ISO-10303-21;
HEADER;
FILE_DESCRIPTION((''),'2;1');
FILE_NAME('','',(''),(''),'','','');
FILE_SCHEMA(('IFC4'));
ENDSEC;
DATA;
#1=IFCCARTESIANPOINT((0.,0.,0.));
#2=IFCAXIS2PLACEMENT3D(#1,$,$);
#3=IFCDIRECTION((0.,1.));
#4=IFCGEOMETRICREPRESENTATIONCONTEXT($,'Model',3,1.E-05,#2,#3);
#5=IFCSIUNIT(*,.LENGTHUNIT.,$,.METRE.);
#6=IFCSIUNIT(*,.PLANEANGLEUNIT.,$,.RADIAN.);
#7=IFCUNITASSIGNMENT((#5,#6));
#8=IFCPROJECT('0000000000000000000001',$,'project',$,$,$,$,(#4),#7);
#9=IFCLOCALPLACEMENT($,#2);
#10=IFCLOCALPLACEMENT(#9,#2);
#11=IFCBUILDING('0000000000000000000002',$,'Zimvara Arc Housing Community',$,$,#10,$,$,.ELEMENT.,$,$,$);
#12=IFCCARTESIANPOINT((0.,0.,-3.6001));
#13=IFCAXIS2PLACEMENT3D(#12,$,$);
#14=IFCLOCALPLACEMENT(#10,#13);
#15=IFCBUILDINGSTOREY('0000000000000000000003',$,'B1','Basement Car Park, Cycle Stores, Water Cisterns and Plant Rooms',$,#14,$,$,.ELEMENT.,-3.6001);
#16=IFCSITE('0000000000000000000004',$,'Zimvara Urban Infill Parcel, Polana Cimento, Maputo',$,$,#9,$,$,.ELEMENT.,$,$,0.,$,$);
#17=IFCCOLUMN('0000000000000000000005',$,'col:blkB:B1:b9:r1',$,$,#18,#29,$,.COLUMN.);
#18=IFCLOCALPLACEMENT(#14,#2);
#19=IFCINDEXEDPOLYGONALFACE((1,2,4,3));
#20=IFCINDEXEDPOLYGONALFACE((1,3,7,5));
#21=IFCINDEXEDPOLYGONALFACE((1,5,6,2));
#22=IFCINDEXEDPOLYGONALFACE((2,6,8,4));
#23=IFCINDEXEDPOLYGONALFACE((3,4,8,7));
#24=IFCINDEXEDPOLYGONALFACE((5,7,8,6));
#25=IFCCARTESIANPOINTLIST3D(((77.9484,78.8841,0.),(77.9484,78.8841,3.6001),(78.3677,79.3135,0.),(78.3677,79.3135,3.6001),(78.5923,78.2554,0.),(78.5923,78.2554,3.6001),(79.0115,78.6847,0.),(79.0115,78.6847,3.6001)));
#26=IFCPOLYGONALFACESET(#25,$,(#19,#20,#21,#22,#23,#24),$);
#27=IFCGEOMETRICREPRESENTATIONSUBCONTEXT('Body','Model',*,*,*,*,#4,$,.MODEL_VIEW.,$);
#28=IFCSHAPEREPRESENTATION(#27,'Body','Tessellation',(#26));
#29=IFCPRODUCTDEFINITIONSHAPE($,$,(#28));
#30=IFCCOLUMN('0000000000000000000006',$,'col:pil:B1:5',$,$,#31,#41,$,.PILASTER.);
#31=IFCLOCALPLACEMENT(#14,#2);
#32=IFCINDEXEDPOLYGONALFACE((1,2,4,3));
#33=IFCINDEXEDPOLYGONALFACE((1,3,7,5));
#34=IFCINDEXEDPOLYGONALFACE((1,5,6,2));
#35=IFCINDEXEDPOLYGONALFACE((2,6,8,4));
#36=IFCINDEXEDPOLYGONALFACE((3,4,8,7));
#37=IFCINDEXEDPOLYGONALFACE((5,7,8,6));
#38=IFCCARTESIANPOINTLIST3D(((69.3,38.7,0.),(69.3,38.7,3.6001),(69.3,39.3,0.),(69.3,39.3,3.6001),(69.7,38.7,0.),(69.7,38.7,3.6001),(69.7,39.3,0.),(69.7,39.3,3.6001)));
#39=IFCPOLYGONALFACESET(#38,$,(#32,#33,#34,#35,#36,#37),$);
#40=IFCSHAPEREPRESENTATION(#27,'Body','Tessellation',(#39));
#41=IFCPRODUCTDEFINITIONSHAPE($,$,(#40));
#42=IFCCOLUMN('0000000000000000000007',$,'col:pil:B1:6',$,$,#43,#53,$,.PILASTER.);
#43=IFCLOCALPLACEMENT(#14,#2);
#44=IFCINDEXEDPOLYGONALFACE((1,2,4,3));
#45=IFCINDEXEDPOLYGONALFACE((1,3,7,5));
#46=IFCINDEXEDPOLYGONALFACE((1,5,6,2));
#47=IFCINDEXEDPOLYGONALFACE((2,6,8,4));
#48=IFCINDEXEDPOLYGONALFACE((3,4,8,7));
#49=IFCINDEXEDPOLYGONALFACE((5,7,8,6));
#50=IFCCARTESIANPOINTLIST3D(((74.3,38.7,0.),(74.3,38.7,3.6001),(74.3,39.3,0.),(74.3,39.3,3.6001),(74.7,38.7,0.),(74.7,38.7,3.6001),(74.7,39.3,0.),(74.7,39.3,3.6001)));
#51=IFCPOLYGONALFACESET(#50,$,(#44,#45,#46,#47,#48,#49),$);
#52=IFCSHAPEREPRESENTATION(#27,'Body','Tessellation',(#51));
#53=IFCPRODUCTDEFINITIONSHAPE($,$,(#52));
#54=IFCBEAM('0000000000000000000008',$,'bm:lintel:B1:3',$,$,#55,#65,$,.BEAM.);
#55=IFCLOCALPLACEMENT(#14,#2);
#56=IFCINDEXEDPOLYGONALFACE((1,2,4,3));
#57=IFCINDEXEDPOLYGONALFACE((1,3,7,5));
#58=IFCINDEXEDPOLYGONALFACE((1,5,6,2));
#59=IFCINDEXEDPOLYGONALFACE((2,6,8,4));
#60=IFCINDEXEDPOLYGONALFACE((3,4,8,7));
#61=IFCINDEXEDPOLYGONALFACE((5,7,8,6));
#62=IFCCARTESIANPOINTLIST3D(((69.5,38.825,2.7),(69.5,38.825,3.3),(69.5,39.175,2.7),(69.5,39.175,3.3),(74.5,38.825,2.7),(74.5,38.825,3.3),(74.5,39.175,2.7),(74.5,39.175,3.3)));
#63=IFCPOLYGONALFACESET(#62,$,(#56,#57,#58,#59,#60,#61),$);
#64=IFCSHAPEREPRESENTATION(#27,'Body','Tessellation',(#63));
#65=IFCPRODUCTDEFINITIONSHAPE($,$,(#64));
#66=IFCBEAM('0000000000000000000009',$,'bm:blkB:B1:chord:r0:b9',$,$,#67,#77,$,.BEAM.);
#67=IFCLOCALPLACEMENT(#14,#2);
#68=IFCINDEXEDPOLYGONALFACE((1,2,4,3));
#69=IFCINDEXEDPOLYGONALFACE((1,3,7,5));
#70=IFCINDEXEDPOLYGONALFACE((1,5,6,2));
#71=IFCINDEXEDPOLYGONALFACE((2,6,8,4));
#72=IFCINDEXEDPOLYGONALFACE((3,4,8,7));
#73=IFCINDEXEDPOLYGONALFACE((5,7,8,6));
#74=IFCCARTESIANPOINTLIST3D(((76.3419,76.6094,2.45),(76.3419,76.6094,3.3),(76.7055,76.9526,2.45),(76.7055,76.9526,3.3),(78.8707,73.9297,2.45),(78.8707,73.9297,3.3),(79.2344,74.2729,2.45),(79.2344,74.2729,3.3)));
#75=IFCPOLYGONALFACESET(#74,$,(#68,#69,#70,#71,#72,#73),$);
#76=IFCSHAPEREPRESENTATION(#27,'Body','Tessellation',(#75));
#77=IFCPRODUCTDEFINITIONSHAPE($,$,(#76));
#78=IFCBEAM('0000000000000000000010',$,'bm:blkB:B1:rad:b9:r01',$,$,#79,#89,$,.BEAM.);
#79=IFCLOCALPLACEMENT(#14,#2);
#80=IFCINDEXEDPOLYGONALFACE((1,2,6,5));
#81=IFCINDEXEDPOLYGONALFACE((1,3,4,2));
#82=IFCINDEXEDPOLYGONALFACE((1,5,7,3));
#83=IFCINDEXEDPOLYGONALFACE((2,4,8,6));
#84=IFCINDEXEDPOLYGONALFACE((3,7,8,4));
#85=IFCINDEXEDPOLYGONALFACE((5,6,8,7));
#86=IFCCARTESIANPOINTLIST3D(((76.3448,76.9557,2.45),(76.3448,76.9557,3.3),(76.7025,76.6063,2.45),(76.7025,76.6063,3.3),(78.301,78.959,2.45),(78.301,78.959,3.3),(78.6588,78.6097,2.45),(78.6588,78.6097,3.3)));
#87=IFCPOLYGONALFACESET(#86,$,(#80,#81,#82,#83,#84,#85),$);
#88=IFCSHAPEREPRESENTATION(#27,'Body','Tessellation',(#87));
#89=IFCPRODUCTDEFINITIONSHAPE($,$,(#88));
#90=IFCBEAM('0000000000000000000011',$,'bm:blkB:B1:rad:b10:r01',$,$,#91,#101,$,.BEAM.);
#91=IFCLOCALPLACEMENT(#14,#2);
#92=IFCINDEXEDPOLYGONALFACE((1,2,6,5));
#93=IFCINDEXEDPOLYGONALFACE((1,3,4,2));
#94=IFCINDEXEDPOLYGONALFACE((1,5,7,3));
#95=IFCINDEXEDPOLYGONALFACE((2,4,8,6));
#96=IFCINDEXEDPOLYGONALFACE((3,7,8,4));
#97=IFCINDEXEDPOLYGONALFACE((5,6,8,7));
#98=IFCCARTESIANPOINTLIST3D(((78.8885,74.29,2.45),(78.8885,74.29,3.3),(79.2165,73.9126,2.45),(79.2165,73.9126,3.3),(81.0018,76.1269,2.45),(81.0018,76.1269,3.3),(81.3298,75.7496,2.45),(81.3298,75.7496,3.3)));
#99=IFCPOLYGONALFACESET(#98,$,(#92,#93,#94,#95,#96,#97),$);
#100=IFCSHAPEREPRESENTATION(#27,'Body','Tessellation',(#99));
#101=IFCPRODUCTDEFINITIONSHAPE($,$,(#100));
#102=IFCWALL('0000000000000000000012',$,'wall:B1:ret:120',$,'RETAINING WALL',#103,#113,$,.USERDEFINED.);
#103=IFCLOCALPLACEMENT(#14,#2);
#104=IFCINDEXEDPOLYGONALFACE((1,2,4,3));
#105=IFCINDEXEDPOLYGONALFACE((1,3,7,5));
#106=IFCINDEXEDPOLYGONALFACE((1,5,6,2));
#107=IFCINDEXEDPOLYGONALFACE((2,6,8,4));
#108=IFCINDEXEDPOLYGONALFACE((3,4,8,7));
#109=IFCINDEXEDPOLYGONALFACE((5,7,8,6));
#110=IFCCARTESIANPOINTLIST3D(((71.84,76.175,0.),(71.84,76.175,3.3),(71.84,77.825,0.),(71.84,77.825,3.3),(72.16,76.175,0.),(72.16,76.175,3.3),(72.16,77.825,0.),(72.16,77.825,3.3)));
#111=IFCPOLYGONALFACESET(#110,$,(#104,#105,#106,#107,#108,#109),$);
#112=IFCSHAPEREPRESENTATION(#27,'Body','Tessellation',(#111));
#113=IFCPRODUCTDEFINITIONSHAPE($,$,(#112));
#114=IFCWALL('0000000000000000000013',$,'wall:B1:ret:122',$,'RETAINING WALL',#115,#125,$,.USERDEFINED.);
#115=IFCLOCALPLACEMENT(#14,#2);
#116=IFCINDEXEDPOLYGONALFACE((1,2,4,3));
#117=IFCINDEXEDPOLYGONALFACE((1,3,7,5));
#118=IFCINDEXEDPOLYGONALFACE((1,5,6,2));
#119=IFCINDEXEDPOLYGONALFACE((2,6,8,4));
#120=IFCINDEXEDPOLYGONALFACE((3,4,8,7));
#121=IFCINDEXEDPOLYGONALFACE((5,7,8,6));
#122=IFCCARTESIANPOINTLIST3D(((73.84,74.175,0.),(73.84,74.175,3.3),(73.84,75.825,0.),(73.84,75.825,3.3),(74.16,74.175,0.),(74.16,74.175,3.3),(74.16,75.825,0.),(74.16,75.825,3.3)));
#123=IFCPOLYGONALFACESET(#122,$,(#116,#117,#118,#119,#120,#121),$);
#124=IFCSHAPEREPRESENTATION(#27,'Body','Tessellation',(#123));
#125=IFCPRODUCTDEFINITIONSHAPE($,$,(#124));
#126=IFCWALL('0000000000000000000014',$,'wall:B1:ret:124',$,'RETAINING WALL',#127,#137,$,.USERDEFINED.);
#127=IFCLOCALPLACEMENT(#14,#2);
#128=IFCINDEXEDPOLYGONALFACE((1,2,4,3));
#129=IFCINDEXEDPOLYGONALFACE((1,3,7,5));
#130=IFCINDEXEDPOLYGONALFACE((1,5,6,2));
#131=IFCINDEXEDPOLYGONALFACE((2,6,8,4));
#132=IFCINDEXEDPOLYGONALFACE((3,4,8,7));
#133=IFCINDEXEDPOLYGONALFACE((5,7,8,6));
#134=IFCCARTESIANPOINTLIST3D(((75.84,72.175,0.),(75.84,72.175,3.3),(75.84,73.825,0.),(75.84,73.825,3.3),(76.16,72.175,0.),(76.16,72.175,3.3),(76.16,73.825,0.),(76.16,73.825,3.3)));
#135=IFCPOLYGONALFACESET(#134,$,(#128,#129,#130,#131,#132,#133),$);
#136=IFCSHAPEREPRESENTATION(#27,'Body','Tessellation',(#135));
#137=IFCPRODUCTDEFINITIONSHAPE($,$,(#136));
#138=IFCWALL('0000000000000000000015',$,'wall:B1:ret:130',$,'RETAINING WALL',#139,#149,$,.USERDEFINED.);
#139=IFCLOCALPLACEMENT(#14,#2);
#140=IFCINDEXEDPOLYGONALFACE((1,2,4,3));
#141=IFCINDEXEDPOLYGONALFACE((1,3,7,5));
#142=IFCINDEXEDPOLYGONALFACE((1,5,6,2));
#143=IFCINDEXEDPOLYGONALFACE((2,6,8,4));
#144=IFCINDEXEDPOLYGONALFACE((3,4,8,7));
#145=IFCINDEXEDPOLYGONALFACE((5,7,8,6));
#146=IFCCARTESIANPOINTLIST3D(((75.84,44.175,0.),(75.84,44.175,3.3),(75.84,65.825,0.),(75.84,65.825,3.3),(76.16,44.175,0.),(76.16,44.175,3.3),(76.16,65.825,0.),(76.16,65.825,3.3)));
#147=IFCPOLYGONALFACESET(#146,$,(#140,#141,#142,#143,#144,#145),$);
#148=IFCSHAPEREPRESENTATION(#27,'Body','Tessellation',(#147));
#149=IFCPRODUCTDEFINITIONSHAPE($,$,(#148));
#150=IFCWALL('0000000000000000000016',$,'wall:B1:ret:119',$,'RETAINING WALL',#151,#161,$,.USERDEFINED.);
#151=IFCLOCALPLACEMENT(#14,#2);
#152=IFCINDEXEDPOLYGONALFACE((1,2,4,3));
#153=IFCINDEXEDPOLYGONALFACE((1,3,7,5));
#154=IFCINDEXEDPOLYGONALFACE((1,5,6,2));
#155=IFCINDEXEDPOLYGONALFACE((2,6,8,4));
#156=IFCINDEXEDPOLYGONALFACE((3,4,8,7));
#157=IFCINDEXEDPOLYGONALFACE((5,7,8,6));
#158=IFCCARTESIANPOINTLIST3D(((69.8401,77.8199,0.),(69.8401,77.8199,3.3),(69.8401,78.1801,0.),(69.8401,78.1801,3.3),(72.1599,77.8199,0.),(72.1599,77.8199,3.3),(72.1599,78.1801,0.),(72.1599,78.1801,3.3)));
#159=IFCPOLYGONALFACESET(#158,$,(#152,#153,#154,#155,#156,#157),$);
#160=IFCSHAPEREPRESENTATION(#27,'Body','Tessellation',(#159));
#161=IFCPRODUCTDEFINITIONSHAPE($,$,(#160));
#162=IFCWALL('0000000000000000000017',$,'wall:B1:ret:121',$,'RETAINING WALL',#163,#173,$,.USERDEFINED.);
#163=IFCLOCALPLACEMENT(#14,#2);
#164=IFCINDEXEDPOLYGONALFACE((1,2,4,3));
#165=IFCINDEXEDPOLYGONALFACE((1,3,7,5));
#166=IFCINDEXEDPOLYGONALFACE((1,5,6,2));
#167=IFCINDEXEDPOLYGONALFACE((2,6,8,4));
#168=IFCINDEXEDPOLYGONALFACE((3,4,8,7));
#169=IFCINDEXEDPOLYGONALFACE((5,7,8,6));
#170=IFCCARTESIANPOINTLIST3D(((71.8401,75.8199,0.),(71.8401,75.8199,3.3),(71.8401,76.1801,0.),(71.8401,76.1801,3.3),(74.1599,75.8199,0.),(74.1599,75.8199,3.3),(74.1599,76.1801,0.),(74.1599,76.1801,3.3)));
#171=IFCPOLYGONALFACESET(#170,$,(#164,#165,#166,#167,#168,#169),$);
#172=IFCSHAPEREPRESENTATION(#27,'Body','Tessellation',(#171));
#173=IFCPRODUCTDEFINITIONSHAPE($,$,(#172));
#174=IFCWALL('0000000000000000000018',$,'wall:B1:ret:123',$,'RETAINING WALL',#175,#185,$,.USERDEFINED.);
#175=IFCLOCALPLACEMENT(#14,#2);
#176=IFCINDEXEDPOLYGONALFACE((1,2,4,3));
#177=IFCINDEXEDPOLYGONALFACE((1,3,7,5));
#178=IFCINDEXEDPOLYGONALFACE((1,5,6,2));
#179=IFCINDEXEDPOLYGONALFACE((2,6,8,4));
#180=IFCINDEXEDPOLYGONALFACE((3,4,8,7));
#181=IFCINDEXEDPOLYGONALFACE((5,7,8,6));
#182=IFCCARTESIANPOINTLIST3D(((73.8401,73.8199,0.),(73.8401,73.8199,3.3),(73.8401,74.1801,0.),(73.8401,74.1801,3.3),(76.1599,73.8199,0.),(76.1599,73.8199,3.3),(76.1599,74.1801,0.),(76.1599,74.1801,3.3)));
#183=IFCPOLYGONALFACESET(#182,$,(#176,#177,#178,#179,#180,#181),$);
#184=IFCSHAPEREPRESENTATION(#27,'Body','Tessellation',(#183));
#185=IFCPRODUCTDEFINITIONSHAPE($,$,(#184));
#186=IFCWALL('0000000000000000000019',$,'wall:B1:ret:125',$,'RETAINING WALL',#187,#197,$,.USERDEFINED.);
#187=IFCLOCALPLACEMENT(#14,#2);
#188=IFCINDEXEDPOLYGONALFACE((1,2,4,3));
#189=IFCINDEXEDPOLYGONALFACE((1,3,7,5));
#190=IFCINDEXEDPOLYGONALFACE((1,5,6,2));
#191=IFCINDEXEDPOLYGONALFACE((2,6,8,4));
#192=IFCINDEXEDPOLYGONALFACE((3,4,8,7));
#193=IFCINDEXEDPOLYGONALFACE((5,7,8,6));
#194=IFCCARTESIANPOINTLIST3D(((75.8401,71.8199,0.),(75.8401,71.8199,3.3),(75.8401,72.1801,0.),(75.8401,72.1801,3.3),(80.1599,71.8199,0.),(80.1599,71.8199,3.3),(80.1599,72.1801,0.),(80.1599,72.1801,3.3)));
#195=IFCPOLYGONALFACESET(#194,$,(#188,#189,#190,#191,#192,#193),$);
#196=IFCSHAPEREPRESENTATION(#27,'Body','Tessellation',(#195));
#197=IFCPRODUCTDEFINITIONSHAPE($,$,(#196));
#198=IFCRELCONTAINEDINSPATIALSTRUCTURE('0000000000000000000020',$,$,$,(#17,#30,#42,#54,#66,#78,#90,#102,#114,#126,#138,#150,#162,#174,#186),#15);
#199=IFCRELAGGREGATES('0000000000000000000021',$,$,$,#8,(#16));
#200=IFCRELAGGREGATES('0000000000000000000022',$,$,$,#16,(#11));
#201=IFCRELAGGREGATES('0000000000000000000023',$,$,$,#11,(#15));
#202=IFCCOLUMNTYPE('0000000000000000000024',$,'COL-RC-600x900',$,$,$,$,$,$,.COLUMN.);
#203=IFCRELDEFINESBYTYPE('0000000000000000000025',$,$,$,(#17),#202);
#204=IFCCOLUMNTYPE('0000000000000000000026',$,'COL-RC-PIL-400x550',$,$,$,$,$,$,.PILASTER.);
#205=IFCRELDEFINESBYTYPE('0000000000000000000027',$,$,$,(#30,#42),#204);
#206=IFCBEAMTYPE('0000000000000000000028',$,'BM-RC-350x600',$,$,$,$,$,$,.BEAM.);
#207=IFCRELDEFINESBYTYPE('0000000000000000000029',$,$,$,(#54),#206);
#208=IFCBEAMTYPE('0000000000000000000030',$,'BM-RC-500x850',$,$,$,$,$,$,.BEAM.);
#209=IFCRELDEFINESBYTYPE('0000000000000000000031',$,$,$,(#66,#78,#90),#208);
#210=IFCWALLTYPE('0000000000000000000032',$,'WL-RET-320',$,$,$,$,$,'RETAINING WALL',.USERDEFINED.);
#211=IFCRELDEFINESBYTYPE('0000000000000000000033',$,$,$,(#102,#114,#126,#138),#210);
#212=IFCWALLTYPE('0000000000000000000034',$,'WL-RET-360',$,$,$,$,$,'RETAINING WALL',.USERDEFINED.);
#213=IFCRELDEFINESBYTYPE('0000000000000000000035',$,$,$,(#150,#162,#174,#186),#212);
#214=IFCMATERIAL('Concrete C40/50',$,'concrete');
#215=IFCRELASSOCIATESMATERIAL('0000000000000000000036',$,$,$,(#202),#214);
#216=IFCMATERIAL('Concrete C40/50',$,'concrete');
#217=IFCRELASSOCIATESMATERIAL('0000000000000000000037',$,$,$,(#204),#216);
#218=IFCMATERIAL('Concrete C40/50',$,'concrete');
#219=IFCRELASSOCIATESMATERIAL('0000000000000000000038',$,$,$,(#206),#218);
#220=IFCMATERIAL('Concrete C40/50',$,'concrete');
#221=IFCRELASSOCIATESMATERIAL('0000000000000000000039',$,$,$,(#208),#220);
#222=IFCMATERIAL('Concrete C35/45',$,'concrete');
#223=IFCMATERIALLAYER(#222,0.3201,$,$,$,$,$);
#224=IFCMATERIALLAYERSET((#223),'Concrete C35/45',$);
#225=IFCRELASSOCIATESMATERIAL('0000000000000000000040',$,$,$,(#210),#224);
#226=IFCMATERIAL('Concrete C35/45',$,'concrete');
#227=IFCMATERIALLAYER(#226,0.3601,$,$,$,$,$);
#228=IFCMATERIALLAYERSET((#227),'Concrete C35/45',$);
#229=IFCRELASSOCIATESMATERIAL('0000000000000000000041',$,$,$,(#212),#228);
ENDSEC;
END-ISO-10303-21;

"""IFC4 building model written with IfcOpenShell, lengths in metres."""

from ifc_helpers import new_model, si_unit, direction, frame, frame_2d, origin, origin_2d, place, context, subcontext, project, spatial, rectangle, extrude, material, layer, layer_set, material_profile, profile_set, type_object, element, save


model = new_model("IFC4")

# Units and contexts
model_context = context("Model", 3, precision=1e-05, world=origin(), true_north=direction((0.0, 1.0)))
body_context = subcontext(model_context, "Body", "Model", "MODEL_VIEW")
ifc_project = project(units=[si_unit("LENGTHUNIT", "METRE"), si_unit("PLANEANGLEUNIT", "RADIAN")], contexts=[model_context])

# Site, building, storey
site_placement = place(None, origin())
site = spatial("IfcSite", under=ifc_project, at=site_placement, Name="Zimvara Urban Infill Parcel, Polana Cimento, Maputo", CompositionType="ELEMENT", RefElevation=0.0)
building_placement = place(site_placement, origin())
building = spatial("IfcBuilding", under=site, at=building_placement, Name="Zimvara Arc Housing Community", CompositionType="ELEMENT")
storey_placement = place(building_placement, frame((0.0, 0.0, -3.6001)))
storey = spatial("IfcBuildingStorey", under=building, at=storey_placement, Name="B1", Description="Basement Car Park, Cycle Stores, Water Cisterns and Plant Rooms", CompositionType="ELEMENT", Elevation=-3.6001)

# Columns
ifc_material_1 = material(Name="Concrete C40/50", Category="concrete")
ifc_material_profile_1 = material_profile(ifc_material_1, rectangle(XDim=0.6001, YDim=0.8999, at=origin_2d()), Name="RC 600x900")
ifc_profile_set_1 = profile_set([ifc_material_profile_1], Name="Concrete C40/50")
column_type_1 = type_object("IfcColumnType", Name="COL-RC-600x900", PredefinedType="COLUMN", material=ifc_profile_set_1)
column_1_placement = place(storey_placement, frame((78.48, 78.7844, 0.0), z_axis=(0.0, 0.0, 1.0), x_axis=(0.698665, 0.715449, 0.0)))
element("IfcColumn", 1, at=column_1_placement, inside=storey, type_object=column_type_1, Name="col:blkB:B1:b9:r1", PredefinedType="COLUMN", context=body_context, shape_type="SweptSolid", body=[
    extrude(rectangle(XDim=0.6001, YDim=0.8999, at=origin_2d()), origin(), (0.0, 0.0, 1.0), 3.6001),
])
ifc_material_2 = material(Name="Concrete C40/50", Category="concrete")
ifc_material_profile_2 = material_profile(ifc_material_2, rectangle(XDim=0.3999, YDim=0.6001, at=origin_2d()), Name="RC 400x600")
ifc_profile_set_2 = profile_set([ifc_material_profile_2], Name="Concrete C40/50")
column_type_2 = type_object("IfcColumnType", Name="COL-RC-PIL-400x550", PredefinedType="PILASTER", material=ifc_profile_set_2)
for number, where, z_axis, x_axis, name in (
    (2, (69.5, 39.0, 0.0), (0.0, 0.0, 1.0), (1.0, 0.0, 0.0), "col:pil:B1:5"),
    (3, (74.5, 39.0, 0.0), (0.0, 0.0, 1.0), (1.0, 0.0, 0.0), "col:pil:B1:6"),
):
    element("IfcColumn", number, at=place(storey_placement, frame(where, z_axis=z_axis, x_axis=x_axis)), inside=storey, type_object=column_type_2, Name=name, PredefinedType="PILASTER", context=body_context, shape_type="SweptSolid", body=[
        extrude(rectangle(XDim=0.3999, YDim=0.6001, at=origin_2d()), origin(), (0.0, 0.0, 1.0), 3.6001),
    ])

# Beams
ifc_material_3 = material(Name="Concrete C40/50", Category="concrete")
ifc_material_profile_3 = material_profile(ifc_material_3, rectangle(XDim=0.3501, YDim=0.6001, at=origin_2d()), Name="RC 350x600")
ifc_profile_set_3 = profile_set([ifc_material_profile_3], Name="Concrete C40/50")
beam_type_1 = type_object("IfcBeamType", Name="BM-RC-350x600", PredefinedType="BEAM", material=ifc_profile_set_3)
beam_1_placement = place(storey_placement, frame((69.5, 39.0, 3.0), z_axis=(1.0, 0.0, 0.0), x_axis=(0.0, 1.0, 0.0)))
element("IfcBeam", 4, at=beam_1_placement, inside=storey, type_object=beam_type_1, Name="bm:lintel:B1:3", PredefinedType="BEAM", context=body_context, shape_type="SweptSolid", body=[
    extrude(rectangle(XDim=0.3501, YDim=0.6001, at=origin_2d()), origin(), (0.0, 0.0, 1.0), 5.0),
])
ifc_material_4 = material(Name="Concrete C40/50", Category="concrete")
ifc_material_profile_4 = material_profile(ifc_material_4, rectangle(XDim=0.5, YDim=0.8501, at=origin_2d()), Name="RC 500x850")
ifc_profile_set_4 = profile_set([ifc_material_profile_4], Name="Concrete C40/50")
beam_type_2 = type_object("IfcBeamType", Name="BM-RC-500x850", PredefinedType="BEAM", material=ifc_profile_set_4)
beam_2_placement = place(storey_placement, frame((76.5237, 76.781, 2.875), z_axis=(0.686336, -0.727285, 0.0), x_axis=(0.727285, 0.686336, 0.0)))
element("IfcBeam", 5, at=beam_2_placement, inside=storey, type_object=beam_type_2, Name="bm:blkB:B1:chord:r0:b9", PredefinedType="BEAM", context=body_context, shape_type="SweptSolid", body=[
    extrude(rectangle(XDim=0.5, YDim=0.8501, at=origin_2d()), origin(), (0.0, 0.0, 1.0), 3.6846),
])
for number, where, z_axis, x_axis, name in (
    (6, (76.5237, 76.781, 2.875), (0.698643, 0.71547, 0.0), (-0.71547, 0.698643, 0.0), "bm:blkB:B1:rad:b9:r01"),
    (7, (79.0525, 74.1013, 2.875), (0.754733, 0.656032, 0.0), (-0.656032, 0.754733, 0.0), "bm:blkB:B1:rad:b10:r01"),
):
    element("IfcBeam", number, at=place(storey_placement, frame(where, z_axis=z_axis, x_axis=x_axis)), inside=storey, type_object=beam_type_2, Name=name, PredefinedType="BEAM", context=body_context, shape_type="SweptSolid", body=[
        extrude(rectangle(XDim=0.5, YDim=0.8501, at=origin_2d()), origin(), (0.0, 0.0, 1.0), 2.8),
    ])

# Walls
ifc_material_5 = material(Name="Concrete C35/45", Category="concrete")
ifc_layer_1 = layer(ifc_material_5, 0.3201)
ifc_layer_set_1 = layer_set([ifc_layer_1], Name="Concrete C35/45")
wall_type_1 = type_object("IfcWallType", Name="WL-RET-320", ElementType="RETAINING WALL", PredefinedType="USERDEFINED", material=ifc_layer_set_1)
for number, where, z_axis, x_axis, name in (
    (8, (72.0, 77.825, 0.0), (0.0, 0.0, 1.0), (0.0, -1.0, 0.0), "wall:B1:ret:120"),
    (9, (74.0, 75.825, 0.0), (0.0, 0.0, 1.0), (0.0, -1.0, 0.0), "wall:B1:ret:122"),
    (10, (76.0, 73.825, 0.0), (0.0, 0.0, 1.0), (0.0, -1.0, 0.0), "wall:B1:ret:124"),
):
    element("IfcWall", number, at=place(storey_placement, frame(where, z_axis=z_axis, x_axis=x_axis)), inside=storey, type_object=wall_type_1, Name=name, ObjectType="RETAINING WALL", PredefinedType="USERDEFINED", context=body_context, shape_type="SweptSolid", body=[
        extrude(rectangle(XDim=1.6499, YDim=0.3201, at=frame_2d((0.825, 0.0))), origin(), (0.0, 0.0, 1.0), 3.3),
    ])
wall_1_placement = place(storey_placement, frame((76.0, 65.825, 0.0), z_axis=(0.0, 0.0, 1.0), x_axis=(0.0, -1.0, 0.0)))
element("IfcWall", 11, at=wall_1_placement, inside=storey, type_object=wall_type_1, Name="wall:B1:ret:130", ObjectType="RETAINING WALL", PredefinedType="USERDEFINED", context=body_context, shape_type="SweptSolid", body=[
    extrude(rectangle(XDim=21.6499, YDim=0.3201, at=frame_2d((10.825, 0.0))), origin(), (0.0, 0.0, 1.0), 3.3),
])
ifc_material_6 = material(Name="Concrete C35/45", Category="concrete")
ifc_layer_2 = layer(ifc_material_6, 0.3601)
ifc_layer_set_2 = layer_set([ifc_layer_2], Name="Concrete C35/45")
wall_type_2 = type_object("IfcWallType", Name="WL-RET-360", ElementType="RETAINING WALL", PredefinedType="USERDEFINED", material=ifc_layer_set_2)
for number, where, z_axis, x_axis, name in (
    (12, (69.8401, 78.0, 0.0), (0.0, 0.0, 1.0), (1.0, 0.0, 0.0), "wall:B1:ret:119"),
    (13, (71.8401, 76.0, 0.0), (0.0, 0.0, 1.0), (1.0, 0.0, 0.0), "wall:B1:ret:121"),
    (14, (73.8401, 74.0, 0.0), (0.0, 0.0, 1.0), (1.0, 0.0, 0.0), "wall:B1:ret:123"),
):
    element("IfcWall", number, at=place(storey_placement, frame(where, z_axis=z_axis, x_axis=x_axis)), inside=storey, type_object=wall_type_2, Name=name, ObjectType="RETAINING WALL", PredefinedType="USERDEFINED", context=body_context, shape_type="SweptSolid", body=[
        extrude(rectangle(XDim=2.3198, YDim=0.3601, at=frame_2d((1.1599, 0.0))), origin(), (0.0, 0.0, 1.0), 3.3),
    ])
wall_2_placement = place(storey_placement, frame((75.8401, 72.0, 0.0), z_axis=(0.0, 0.0, 1.0), x_axis=(1.0, 0.0, 0.0)))
element("IfcWall", 15, at=wall_2_placement, inside=storey, type_object=wall_type_2, Name="wall:B1:ret:125", ObjectType="RETAINING WALL", PredefinedType="USERDEFINED", context=body_context, shape_type="SweptSolid", body=[
    extrude(rectangle(XDim=4.3198, YDim=0.3601, at=frame_2d((2.1599, 0.0))), origin(), (0.0, 0.0, 1.0), 3.3),
])

save(model, "model.ifc")
